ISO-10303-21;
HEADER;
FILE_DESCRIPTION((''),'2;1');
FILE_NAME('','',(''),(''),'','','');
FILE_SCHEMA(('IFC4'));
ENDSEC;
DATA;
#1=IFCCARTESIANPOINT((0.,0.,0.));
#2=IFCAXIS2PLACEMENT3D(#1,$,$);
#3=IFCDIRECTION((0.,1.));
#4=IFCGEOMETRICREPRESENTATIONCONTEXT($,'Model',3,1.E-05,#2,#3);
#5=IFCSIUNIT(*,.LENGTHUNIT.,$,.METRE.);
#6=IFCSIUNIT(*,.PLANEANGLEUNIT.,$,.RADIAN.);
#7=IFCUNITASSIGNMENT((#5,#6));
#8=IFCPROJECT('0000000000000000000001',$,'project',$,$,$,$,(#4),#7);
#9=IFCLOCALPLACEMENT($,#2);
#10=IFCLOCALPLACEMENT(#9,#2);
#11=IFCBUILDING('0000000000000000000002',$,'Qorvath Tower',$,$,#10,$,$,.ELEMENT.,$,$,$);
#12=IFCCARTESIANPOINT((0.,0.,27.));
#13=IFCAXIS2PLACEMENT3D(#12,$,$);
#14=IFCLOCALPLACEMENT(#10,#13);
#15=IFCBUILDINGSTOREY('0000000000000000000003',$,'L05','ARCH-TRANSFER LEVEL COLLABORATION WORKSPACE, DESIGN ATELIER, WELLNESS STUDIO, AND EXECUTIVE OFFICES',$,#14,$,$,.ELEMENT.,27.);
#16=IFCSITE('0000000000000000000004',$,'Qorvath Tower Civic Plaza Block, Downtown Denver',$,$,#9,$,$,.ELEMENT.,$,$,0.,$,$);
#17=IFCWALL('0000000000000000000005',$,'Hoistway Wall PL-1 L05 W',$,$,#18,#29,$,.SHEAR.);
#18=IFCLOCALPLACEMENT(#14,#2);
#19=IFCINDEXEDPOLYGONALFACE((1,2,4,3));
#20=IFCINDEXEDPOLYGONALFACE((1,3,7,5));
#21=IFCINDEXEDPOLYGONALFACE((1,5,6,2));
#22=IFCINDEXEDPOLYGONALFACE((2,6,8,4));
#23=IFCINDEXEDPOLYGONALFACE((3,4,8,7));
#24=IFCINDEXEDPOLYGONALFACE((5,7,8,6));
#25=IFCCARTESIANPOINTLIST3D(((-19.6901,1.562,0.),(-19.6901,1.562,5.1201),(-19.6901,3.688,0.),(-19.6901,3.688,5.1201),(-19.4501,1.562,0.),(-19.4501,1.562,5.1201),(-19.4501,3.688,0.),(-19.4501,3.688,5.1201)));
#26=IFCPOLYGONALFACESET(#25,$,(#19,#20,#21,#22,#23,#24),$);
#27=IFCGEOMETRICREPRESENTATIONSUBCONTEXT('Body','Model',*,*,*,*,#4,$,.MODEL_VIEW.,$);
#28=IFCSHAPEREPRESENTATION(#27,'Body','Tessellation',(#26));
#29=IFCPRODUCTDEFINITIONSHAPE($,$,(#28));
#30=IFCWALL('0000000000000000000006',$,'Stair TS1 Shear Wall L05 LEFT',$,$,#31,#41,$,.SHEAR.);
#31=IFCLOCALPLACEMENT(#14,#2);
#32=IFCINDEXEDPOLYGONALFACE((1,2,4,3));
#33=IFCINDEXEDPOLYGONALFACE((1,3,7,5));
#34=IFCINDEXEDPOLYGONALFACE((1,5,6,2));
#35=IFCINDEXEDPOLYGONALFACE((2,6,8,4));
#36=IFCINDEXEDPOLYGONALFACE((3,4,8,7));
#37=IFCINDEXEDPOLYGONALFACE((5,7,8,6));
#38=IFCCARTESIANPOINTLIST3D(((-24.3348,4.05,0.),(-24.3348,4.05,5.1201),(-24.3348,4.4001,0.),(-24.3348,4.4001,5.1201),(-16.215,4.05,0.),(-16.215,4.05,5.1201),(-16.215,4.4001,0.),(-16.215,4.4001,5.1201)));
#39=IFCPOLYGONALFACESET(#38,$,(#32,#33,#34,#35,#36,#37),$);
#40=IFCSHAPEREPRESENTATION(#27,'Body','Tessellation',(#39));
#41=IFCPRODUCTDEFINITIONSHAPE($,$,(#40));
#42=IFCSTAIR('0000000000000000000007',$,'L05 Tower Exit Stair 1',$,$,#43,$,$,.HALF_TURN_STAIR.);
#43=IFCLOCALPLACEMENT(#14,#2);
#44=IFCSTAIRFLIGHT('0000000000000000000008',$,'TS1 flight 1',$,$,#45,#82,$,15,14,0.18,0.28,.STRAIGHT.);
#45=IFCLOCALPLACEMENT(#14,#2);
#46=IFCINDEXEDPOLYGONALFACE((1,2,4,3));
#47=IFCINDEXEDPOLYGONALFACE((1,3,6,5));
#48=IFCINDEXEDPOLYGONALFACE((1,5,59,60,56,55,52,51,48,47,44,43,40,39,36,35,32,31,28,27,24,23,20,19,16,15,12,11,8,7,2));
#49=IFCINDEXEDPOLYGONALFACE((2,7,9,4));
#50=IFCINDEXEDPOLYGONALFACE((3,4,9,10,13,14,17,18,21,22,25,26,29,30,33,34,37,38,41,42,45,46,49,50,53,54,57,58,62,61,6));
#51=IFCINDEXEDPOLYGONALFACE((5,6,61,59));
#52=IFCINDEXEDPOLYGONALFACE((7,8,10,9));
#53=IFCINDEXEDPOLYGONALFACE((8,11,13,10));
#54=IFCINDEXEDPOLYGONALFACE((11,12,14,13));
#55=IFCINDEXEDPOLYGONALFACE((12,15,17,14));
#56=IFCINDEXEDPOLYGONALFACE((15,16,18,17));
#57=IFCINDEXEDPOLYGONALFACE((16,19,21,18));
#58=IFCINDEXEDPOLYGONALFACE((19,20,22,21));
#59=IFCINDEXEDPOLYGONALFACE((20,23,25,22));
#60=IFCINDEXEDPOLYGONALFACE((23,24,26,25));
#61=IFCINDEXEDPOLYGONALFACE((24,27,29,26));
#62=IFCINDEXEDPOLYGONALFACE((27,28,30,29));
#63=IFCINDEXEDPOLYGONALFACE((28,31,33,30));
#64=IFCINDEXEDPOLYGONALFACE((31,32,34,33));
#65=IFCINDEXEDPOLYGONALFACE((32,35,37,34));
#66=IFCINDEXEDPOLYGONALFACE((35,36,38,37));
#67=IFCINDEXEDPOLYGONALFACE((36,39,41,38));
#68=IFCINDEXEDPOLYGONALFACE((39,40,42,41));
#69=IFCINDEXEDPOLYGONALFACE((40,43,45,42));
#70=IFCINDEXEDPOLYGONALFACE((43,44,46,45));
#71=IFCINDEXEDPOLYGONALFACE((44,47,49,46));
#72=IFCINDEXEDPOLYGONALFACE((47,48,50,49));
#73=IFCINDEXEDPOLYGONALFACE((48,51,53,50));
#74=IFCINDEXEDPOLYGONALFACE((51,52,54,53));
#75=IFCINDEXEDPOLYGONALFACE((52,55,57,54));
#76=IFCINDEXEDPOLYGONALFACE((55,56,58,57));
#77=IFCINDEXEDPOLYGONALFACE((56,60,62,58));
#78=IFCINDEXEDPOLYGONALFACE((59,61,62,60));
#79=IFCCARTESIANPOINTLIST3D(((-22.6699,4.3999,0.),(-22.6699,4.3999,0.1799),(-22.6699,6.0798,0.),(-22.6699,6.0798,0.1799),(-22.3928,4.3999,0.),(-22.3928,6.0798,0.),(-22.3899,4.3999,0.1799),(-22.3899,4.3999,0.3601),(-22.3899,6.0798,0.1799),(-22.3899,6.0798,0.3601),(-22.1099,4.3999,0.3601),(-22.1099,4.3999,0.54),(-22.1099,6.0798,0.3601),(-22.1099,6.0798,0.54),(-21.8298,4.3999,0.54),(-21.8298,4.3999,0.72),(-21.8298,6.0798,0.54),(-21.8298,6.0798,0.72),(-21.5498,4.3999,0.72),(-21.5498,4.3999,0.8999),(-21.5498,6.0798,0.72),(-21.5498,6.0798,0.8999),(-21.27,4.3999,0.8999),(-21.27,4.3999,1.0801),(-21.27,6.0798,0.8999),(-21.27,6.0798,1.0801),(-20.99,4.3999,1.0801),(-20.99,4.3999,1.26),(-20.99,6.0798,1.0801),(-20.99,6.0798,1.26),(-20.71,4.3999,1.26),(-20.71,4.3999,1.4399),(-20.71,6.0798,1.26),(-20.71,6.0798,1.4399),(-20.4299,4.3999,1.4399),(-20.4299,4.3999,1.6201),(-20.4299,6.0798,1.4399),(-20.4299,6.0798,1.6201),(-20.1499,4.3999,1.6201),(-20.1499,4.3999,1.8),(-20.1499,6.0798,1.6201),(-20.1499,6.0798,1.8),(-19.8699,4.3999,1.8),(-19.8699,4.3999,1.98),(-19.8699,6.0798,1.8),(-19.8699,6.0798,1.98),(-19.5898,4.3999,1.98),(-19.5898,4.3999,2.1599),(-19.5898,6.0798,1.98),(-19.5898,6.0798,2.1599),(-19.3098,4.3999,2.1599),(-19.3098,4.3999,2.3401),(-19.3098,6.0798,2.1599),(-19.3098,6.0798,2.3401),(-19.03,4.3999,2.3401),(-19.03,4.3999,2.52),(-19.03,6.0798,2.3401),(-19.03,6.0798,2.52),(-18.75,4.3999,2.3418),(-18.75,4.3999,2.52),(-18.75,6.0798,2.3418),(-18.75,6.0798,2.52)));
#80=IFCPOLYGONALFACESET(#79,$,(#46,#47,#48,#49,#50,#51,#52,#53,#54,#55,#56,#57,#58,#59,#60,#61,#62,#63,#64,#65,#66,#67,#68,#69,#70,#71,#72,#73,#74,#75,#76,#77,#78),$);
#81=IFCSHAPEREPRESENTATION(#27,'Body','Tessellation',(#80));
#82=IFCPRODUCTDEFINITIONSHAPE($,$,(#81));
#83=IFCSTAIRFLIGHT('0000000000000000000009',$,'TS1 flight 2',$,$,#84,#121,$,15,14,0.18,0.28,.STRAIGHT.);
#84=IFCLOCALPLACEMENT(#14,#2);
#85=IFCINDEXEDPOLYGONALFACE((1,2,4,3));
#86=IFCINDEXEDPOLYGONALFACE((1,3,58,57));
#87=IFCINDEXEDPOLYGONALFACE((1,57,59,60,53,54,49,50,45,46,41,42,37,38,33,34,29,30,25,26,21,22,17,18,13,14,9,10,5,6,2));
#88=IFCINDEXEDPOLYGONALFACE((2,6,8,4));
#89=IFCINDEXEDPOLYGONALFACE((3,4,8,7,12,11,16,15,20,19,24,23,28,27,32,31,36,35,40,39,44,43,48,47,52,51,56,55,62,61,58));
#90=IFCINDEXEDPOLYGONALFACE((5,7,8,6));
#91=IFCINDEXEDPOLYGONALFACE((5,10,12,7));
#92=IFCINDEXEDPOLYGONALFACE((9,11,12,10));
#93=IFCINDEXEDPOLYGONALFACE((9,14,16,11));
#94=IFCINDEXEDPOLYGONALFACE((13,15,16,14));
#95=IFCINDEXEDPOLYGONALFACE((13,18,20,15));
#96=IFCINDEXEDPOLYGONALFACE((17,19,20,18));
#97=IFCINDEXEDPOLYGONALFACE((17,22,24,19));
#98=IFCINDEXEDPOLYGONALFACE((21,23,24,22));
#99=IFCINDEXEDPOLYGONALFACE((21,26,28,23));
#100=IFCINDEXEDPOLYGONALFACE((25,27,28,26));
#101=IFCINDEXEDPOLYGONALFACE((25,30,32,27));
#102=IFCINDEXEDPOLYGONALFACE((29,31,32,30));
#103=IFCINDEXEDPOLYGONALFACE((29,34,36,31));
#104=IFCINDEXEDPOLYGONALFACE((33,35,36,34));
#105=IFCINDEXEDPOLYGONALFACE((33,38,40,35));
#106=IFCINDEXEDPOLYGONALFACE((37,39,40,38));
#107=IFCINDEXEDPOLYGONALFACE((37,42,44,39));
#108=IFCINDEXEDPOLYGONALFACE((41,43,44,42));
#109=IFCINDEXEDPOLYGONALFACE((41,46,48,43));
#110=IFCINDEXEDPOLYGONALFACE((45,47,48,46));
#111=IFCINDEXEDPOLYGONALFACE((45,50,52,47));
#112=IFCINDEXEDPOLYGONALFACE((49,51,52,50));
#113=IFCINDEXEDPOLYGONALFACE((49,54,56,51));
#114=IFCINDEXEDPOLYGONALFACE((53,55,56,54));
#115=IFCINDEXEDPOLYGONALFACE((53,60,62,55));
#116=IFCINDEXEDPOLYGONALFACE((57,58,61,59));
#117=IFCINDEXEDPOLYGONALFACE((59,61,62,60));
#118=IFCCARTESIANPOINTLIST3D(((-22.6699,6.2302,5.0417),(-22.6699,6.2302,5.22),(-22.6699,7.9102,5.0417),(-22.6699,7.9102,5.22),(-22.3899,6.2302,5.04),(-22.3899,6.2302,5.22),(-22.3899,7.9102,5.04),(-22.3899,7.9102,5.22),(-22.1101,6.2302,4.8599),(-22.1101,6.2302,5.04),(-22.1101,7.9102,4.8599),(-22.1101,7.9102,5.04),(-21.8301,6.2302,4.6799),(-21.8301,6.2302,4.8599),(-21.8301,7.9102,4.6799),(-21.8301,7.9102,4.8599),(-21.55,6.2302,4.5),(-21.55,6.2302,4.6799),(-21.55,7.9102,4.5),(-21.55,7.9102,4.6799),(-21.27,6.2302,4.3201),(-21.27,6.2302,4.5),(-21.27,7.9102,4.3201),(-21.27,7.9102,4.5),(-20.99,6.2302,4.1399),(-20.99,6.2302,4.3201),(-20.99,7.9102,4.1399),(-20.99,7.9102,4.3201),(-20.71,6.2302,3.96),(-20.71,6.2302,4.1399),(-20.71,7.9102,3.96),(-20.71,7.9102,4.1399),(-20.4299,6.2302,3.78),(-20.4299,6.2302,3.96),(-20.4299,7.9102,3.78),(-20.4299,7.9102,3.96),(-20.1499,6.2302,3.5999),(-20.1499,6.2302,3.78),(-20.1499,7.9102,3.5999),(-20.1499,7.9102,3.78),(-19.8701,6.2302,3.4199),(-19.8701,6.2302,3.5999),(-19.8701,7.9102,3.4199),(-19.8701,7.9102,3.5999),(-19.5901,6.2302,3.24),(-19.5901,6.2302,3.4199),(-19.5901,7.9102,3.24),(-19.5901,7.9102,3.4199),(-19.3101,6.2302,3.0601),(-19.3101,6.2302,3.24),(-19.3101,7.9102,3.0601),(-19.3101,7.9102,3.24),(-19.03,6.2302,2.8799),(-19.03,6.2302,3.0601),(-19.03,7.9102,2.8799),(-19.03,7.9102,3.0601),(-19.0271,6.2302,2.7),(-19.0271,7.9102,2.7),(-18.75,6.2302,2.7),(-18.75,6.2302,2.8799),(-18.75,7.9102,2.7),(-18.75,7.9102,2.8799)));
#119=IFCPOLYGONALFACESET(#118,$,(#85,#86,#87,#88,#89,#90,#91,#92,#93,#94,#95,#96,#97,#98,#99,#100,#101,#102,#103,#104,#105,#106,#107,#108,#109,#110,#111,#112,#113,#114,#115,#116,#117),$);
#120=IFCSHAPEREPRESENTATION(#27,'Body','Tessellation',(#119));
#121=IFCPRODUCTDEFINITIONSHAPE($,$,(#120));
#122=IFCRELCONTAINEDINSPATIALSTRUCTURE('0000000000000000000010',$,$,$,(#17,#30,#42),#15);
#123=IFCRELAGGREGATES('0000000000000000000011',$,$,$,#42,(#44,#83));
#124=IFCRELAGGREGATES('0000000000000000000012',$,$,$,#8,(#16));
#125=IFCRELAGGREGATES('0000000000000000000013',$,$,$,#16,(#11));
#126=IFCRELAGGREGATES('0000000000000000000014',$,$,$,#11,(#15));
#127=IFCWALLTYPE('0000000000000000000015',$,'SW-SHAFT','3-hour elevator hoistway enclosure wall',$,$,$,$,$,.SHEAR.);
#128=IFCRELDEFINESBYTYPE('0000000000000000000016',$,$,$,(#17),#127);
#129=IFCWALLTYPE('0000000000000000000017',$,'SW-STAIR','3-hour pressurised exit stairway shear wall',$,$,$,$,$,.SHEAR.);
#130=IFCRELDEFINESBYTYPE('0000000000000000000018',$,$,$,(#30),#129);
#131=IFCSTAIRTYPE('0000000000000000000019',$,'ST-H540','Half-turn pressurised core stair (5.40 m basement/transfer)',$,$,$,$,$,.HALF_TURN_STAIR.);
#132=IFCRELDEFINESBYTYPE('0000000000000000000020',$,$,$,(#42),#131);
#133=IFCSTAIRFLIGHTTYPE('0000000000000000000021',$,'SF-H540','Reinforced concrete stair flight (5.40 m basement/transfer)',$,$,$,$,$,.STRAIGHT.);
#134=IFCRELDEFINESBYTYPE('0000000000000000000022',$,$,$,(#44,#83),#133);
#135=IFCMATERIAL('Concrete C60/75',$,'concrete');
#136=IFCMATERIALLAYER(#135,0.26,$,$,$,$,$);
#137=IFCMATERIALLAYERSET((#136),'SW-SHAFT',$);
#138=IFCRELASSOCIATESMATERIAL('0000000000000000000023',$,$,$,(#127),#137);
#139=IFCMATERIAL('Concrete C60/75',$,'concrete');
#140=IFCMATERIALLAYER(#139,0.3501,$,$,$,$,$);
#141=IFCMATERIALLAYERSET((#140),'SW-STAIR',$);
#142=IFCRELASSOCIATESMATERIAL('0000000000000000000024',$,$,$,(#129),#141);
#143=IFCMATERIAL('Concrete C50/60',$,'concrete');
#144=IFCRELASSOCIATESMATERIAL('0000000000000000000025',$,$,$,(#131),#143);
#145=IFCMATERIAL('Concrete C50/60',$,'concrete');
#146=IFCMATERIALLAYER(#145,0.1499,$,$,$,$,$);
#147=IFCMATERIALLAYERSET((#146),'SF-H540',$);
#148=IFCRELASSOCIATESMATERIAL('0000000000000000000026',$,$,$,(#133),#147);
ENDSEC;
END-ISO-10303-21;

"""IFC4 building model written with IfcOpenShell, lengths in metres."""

from ifc_helpers import new_model, si_unit, direction, frame, frame_2d, origin, place, context, subcontext, project, spatial, polyline, rectangle, outline, extrude, material, layer, layer_set, type_object, element, aggregate, save


model = new_model("IFC4")

# Units and contexts
model_context = context("Model", 3, precision=1e-05, world=origin(), true_north=direction((0.0, 1.0)))
body_context = subcontext(model_context, "Body", "Model", "MODEL_VIEW")
ifc_project = project(units=[si_unit("LENGTHUNIT", "METRE"), si_unit("PLANEANGLEUNIT", "RADIAN")], contexts=[model_context])

# Site, building, storey
site_placement = place(None, origin())
site = spatial("IfcSite", under=ifc_project, at=site_placement, Name="Qorvath Tower Civic Plaza Block, Downtown Denver", CompositionType="ELEMENT", RefElevation=0.0)
building_placement = place(site_placement, origin())
building = spatial("IfcBuilding", under=site, at=building_placement, Name="Qorvath Tower", CompositionType="ELEMENT")
storey_placement = place(building_placement, frame((0.0, 0.0, 27.0)))
storey = spatial("IfcBuildingStorey", under=building, at=storey_placement, Name="L05", Description="ARCH-TRANSFER LEVEL COLLABORATION WORKSPACE, DESIGN ATELIER, WELLNESS STUDIO, AND EXECUTIVE OFFICES", CompositionType="ELEMENT", Elevation=27.0)

# Walls
ifc_material_1 = material(Name="Concrete C60/75", Category="concrete")
ifc_layer_1 = layer(ifc_material_1, 0.26)
ifc_layer_set_1 = layer_set([ifc_layer_1], Name="SW-SHAFT")
wall_type_1 = type_object("IfcWallType", Name="SW-SHAFT", Description="3-hour elevator hoistway enclosure wall", PredefinedType="SHEAR", material=ifc_layer_set_1)
wall_1_placement = place(storey_placement, frame((-19.5701, 1.562, 0.0), z_axis=(0.0, 0.0, 1.0), x_axis=(0.0, 1.0, 0.0)))
element("IfcWall", 1, at=wall_1_placement, inside=storey, type_object=wall_type_1, Name="Hoistway Wall PL-1 L05 W", PredefinedType="SHEAR", context=body_context, shape_type="SweptSolid", body=[
    extrude(rectangle(XDim=2.126, YDim=0.24, at=frame_2d((1.063, 0.0))), origin(), (0.0, 0.0, 1.0), 5.1201),
])
ifc_material_2 = material(Name="Concrete C60/75", Category="concrete")
ifc_layer_2 = layer(ifc_material_2, 0.3501)
ifc_layer_set_2 = layer_set([ifc_layer_2], Name="SW-STAIR")
wall_type_2 = type_object("IfcWallType", Name="SW-STAIR", Description="3-hour pressurised exit stairway shear wall", PredefinedType="SHEAR", material=ifc_layer_set_2)
wall_2_placement = place(storey_placement, frame((-24.335, 4.2251, 0.0), z_axis=(0.0, 0.0, 1.0), x_axis=(1.0, 0.0, 0.0)))
element("IfcWall", 2, at=wall_2_placement, inside=storey, type_object=wall_type_2, Name="Stair TS1 Shear Wall L05 LEFT", PredefinedType="SHEAR", context=body_context, shape_type="SweptSolid", body=[
    extrude(rectangle(XDim=8.1199, YDim=0.3501, at=frame_2d((4.0601, 0.0))), origin(), (0.0, 0.0, 1.0), 5.1201),
])

# Stair, stair flights
ifc_material_3 = material(Name="Concrete C50/60", Category="concrete")
stair_type = type_object("IfcStairType", Name="ST-H540", Description="Half-turn pressurised core stair (5.40 m basement/transfer)", PredefinedType="HALF_TURN_STAIR", material=ifc_material_3)
stair_placement = place(storey_placement, origin())
stair = element("IfcStair", 3, at=stair_placement, inside=storey, type_object=stair_type, Name="L05 Tower Exit Stair 1", PredefinedType="HALF_TURN_STAIR")
ifc_material_4 = material(Name="Concrete C50/60", Category="concrete")
ifc_layer_3 = layer(ifc_material_4, 0.1499)
ifc_layer_set_3 = layer_set([ifc_layer_3], Name="SF-H540")
stair_flight_type = type_object("IfcStairFlightType", Name="SF-H540", Description="Reinforced concrete stair flight (5.40 m basement/transfer)", PredefinedType="STRAIGHT", material=ifc_layer_set_3)
stair_flight_1_placement = place(storey_placement, frame((-22.6699, 5.24, 0.0), z_axis=(0.0, 0.0, 1.0), x_axis=(1.0, 0.0, 0.0)))
stair_flight_1 = element("IfcStairFlight", 4, at=stair_flight_1_placement, type_object=stair_flight_type, Name="TS1 flight 1", NumberOfRisers=15, NumberOfTreads=14, PredefinedType="STRAIGHT", RiserHeight=0.18, TreadLength=0.28, context=body_context, shape_type="SweptSolid", body=[
    extrude(outline(polyline([(0.0, 0.0), (0.0, 0.1799), (0.28, 0.1799), (0.28, 0.3601), (0.5601, 0.3601), (0.5601, 0.54), (0.8401, 0.54), (0.8401, 0.72), (1.1201, 0.72), (1.1201, 0.8999), (1.3999, 0.8999), (1.3999, 1.0801), (1.6799, 1.0801), (1.6799, 1.26), (1.96, 1.26), (1.96, 1.4399), (2.24, 1.4399), (2.24, 1.6201), (2.52, 1.6201), (2.52, 1.8), (2.8, 1.8), (2.8, 1.98), (3.0801, 1.98), (3.0801, 2.1599), (3.3601, 2.1599), (3.3601, 2.3401), (3.6399, 2.3401), (3.6399, 2.52), (3.9199, 2.52), (3.9199, 2.7), (3.9199, 2.3418), (0.2771, 0.0), (0.0, 0.0)])), frame((0.0, 0.8398, 0.0), z_axis=(0.0, -1.0, 0.0), x_axis=(1.0, 0.0, 0.0)), (0.0, 0.0, 1.0), 1.6799),
])
stair_flight_2_placement = place(storey_placement, frame((-18.75, 7.0701, 2.7), z_axis=(0.0, 0.0, 1.0), x_axis=(-1.0, 0.0, 0.0)))
stair_flight_2 = element("IfcStairFlight", 5, at=stair_flight_2_placement, type_object=stair_flight_type, Name="TS1 flight 2", NumberOfRisers=15, NumberOfTreads=14, PredefinedType="STRAIGHT", RiserHeight=0.18, TreadLength=0.28, context=body_context, shape_type="SweptSolid", body=[
    extrude(outline(polyline([(0.0, 0.0), (0.0, 0.1799), (0.28, 0.1799), (0.28, 0.3601), (0.5601, 0.3601), (0.5601, 0.54), (0.8401, 0.54), (0.8401, 0.72), (1.1201, 0.72), (1.1201, 0.8999), (1.3999, 0.8999), (1.3999, 1.0801), (1.6799, 1.0801), (1.6799, 1.26), (1.96, 1.26), (1.96, 1.4399), (2.24, 1.4399), (2.24, 1.6201), (2.52, 1.6201), (2.52, 1.8), (2.8, 1.8), (2.8, 1.98), (3.0801, 1.98), (3.0801, 2.1599), (3.3601, 2.1599), (3.3601, 2.3401), (3.6399, 2.3401), (3.6399, 2.52), (3.9199, 2.52), (3.9199, 2.7), (3.9199, 2.3418), (0.2771, 0.0), (0.0, 0.0)])), frame((0.0, 0.8398, 0.0), z_axis=(0.0, -1.0, 0.0), x_axis=(1.0, 0.0, 0.0)), (0.0, 0.0, 1.0), 1.6799),
])
aggregate(stair, [stair_flight_1, stair_flight_2])

save(model, "model.ifc")
